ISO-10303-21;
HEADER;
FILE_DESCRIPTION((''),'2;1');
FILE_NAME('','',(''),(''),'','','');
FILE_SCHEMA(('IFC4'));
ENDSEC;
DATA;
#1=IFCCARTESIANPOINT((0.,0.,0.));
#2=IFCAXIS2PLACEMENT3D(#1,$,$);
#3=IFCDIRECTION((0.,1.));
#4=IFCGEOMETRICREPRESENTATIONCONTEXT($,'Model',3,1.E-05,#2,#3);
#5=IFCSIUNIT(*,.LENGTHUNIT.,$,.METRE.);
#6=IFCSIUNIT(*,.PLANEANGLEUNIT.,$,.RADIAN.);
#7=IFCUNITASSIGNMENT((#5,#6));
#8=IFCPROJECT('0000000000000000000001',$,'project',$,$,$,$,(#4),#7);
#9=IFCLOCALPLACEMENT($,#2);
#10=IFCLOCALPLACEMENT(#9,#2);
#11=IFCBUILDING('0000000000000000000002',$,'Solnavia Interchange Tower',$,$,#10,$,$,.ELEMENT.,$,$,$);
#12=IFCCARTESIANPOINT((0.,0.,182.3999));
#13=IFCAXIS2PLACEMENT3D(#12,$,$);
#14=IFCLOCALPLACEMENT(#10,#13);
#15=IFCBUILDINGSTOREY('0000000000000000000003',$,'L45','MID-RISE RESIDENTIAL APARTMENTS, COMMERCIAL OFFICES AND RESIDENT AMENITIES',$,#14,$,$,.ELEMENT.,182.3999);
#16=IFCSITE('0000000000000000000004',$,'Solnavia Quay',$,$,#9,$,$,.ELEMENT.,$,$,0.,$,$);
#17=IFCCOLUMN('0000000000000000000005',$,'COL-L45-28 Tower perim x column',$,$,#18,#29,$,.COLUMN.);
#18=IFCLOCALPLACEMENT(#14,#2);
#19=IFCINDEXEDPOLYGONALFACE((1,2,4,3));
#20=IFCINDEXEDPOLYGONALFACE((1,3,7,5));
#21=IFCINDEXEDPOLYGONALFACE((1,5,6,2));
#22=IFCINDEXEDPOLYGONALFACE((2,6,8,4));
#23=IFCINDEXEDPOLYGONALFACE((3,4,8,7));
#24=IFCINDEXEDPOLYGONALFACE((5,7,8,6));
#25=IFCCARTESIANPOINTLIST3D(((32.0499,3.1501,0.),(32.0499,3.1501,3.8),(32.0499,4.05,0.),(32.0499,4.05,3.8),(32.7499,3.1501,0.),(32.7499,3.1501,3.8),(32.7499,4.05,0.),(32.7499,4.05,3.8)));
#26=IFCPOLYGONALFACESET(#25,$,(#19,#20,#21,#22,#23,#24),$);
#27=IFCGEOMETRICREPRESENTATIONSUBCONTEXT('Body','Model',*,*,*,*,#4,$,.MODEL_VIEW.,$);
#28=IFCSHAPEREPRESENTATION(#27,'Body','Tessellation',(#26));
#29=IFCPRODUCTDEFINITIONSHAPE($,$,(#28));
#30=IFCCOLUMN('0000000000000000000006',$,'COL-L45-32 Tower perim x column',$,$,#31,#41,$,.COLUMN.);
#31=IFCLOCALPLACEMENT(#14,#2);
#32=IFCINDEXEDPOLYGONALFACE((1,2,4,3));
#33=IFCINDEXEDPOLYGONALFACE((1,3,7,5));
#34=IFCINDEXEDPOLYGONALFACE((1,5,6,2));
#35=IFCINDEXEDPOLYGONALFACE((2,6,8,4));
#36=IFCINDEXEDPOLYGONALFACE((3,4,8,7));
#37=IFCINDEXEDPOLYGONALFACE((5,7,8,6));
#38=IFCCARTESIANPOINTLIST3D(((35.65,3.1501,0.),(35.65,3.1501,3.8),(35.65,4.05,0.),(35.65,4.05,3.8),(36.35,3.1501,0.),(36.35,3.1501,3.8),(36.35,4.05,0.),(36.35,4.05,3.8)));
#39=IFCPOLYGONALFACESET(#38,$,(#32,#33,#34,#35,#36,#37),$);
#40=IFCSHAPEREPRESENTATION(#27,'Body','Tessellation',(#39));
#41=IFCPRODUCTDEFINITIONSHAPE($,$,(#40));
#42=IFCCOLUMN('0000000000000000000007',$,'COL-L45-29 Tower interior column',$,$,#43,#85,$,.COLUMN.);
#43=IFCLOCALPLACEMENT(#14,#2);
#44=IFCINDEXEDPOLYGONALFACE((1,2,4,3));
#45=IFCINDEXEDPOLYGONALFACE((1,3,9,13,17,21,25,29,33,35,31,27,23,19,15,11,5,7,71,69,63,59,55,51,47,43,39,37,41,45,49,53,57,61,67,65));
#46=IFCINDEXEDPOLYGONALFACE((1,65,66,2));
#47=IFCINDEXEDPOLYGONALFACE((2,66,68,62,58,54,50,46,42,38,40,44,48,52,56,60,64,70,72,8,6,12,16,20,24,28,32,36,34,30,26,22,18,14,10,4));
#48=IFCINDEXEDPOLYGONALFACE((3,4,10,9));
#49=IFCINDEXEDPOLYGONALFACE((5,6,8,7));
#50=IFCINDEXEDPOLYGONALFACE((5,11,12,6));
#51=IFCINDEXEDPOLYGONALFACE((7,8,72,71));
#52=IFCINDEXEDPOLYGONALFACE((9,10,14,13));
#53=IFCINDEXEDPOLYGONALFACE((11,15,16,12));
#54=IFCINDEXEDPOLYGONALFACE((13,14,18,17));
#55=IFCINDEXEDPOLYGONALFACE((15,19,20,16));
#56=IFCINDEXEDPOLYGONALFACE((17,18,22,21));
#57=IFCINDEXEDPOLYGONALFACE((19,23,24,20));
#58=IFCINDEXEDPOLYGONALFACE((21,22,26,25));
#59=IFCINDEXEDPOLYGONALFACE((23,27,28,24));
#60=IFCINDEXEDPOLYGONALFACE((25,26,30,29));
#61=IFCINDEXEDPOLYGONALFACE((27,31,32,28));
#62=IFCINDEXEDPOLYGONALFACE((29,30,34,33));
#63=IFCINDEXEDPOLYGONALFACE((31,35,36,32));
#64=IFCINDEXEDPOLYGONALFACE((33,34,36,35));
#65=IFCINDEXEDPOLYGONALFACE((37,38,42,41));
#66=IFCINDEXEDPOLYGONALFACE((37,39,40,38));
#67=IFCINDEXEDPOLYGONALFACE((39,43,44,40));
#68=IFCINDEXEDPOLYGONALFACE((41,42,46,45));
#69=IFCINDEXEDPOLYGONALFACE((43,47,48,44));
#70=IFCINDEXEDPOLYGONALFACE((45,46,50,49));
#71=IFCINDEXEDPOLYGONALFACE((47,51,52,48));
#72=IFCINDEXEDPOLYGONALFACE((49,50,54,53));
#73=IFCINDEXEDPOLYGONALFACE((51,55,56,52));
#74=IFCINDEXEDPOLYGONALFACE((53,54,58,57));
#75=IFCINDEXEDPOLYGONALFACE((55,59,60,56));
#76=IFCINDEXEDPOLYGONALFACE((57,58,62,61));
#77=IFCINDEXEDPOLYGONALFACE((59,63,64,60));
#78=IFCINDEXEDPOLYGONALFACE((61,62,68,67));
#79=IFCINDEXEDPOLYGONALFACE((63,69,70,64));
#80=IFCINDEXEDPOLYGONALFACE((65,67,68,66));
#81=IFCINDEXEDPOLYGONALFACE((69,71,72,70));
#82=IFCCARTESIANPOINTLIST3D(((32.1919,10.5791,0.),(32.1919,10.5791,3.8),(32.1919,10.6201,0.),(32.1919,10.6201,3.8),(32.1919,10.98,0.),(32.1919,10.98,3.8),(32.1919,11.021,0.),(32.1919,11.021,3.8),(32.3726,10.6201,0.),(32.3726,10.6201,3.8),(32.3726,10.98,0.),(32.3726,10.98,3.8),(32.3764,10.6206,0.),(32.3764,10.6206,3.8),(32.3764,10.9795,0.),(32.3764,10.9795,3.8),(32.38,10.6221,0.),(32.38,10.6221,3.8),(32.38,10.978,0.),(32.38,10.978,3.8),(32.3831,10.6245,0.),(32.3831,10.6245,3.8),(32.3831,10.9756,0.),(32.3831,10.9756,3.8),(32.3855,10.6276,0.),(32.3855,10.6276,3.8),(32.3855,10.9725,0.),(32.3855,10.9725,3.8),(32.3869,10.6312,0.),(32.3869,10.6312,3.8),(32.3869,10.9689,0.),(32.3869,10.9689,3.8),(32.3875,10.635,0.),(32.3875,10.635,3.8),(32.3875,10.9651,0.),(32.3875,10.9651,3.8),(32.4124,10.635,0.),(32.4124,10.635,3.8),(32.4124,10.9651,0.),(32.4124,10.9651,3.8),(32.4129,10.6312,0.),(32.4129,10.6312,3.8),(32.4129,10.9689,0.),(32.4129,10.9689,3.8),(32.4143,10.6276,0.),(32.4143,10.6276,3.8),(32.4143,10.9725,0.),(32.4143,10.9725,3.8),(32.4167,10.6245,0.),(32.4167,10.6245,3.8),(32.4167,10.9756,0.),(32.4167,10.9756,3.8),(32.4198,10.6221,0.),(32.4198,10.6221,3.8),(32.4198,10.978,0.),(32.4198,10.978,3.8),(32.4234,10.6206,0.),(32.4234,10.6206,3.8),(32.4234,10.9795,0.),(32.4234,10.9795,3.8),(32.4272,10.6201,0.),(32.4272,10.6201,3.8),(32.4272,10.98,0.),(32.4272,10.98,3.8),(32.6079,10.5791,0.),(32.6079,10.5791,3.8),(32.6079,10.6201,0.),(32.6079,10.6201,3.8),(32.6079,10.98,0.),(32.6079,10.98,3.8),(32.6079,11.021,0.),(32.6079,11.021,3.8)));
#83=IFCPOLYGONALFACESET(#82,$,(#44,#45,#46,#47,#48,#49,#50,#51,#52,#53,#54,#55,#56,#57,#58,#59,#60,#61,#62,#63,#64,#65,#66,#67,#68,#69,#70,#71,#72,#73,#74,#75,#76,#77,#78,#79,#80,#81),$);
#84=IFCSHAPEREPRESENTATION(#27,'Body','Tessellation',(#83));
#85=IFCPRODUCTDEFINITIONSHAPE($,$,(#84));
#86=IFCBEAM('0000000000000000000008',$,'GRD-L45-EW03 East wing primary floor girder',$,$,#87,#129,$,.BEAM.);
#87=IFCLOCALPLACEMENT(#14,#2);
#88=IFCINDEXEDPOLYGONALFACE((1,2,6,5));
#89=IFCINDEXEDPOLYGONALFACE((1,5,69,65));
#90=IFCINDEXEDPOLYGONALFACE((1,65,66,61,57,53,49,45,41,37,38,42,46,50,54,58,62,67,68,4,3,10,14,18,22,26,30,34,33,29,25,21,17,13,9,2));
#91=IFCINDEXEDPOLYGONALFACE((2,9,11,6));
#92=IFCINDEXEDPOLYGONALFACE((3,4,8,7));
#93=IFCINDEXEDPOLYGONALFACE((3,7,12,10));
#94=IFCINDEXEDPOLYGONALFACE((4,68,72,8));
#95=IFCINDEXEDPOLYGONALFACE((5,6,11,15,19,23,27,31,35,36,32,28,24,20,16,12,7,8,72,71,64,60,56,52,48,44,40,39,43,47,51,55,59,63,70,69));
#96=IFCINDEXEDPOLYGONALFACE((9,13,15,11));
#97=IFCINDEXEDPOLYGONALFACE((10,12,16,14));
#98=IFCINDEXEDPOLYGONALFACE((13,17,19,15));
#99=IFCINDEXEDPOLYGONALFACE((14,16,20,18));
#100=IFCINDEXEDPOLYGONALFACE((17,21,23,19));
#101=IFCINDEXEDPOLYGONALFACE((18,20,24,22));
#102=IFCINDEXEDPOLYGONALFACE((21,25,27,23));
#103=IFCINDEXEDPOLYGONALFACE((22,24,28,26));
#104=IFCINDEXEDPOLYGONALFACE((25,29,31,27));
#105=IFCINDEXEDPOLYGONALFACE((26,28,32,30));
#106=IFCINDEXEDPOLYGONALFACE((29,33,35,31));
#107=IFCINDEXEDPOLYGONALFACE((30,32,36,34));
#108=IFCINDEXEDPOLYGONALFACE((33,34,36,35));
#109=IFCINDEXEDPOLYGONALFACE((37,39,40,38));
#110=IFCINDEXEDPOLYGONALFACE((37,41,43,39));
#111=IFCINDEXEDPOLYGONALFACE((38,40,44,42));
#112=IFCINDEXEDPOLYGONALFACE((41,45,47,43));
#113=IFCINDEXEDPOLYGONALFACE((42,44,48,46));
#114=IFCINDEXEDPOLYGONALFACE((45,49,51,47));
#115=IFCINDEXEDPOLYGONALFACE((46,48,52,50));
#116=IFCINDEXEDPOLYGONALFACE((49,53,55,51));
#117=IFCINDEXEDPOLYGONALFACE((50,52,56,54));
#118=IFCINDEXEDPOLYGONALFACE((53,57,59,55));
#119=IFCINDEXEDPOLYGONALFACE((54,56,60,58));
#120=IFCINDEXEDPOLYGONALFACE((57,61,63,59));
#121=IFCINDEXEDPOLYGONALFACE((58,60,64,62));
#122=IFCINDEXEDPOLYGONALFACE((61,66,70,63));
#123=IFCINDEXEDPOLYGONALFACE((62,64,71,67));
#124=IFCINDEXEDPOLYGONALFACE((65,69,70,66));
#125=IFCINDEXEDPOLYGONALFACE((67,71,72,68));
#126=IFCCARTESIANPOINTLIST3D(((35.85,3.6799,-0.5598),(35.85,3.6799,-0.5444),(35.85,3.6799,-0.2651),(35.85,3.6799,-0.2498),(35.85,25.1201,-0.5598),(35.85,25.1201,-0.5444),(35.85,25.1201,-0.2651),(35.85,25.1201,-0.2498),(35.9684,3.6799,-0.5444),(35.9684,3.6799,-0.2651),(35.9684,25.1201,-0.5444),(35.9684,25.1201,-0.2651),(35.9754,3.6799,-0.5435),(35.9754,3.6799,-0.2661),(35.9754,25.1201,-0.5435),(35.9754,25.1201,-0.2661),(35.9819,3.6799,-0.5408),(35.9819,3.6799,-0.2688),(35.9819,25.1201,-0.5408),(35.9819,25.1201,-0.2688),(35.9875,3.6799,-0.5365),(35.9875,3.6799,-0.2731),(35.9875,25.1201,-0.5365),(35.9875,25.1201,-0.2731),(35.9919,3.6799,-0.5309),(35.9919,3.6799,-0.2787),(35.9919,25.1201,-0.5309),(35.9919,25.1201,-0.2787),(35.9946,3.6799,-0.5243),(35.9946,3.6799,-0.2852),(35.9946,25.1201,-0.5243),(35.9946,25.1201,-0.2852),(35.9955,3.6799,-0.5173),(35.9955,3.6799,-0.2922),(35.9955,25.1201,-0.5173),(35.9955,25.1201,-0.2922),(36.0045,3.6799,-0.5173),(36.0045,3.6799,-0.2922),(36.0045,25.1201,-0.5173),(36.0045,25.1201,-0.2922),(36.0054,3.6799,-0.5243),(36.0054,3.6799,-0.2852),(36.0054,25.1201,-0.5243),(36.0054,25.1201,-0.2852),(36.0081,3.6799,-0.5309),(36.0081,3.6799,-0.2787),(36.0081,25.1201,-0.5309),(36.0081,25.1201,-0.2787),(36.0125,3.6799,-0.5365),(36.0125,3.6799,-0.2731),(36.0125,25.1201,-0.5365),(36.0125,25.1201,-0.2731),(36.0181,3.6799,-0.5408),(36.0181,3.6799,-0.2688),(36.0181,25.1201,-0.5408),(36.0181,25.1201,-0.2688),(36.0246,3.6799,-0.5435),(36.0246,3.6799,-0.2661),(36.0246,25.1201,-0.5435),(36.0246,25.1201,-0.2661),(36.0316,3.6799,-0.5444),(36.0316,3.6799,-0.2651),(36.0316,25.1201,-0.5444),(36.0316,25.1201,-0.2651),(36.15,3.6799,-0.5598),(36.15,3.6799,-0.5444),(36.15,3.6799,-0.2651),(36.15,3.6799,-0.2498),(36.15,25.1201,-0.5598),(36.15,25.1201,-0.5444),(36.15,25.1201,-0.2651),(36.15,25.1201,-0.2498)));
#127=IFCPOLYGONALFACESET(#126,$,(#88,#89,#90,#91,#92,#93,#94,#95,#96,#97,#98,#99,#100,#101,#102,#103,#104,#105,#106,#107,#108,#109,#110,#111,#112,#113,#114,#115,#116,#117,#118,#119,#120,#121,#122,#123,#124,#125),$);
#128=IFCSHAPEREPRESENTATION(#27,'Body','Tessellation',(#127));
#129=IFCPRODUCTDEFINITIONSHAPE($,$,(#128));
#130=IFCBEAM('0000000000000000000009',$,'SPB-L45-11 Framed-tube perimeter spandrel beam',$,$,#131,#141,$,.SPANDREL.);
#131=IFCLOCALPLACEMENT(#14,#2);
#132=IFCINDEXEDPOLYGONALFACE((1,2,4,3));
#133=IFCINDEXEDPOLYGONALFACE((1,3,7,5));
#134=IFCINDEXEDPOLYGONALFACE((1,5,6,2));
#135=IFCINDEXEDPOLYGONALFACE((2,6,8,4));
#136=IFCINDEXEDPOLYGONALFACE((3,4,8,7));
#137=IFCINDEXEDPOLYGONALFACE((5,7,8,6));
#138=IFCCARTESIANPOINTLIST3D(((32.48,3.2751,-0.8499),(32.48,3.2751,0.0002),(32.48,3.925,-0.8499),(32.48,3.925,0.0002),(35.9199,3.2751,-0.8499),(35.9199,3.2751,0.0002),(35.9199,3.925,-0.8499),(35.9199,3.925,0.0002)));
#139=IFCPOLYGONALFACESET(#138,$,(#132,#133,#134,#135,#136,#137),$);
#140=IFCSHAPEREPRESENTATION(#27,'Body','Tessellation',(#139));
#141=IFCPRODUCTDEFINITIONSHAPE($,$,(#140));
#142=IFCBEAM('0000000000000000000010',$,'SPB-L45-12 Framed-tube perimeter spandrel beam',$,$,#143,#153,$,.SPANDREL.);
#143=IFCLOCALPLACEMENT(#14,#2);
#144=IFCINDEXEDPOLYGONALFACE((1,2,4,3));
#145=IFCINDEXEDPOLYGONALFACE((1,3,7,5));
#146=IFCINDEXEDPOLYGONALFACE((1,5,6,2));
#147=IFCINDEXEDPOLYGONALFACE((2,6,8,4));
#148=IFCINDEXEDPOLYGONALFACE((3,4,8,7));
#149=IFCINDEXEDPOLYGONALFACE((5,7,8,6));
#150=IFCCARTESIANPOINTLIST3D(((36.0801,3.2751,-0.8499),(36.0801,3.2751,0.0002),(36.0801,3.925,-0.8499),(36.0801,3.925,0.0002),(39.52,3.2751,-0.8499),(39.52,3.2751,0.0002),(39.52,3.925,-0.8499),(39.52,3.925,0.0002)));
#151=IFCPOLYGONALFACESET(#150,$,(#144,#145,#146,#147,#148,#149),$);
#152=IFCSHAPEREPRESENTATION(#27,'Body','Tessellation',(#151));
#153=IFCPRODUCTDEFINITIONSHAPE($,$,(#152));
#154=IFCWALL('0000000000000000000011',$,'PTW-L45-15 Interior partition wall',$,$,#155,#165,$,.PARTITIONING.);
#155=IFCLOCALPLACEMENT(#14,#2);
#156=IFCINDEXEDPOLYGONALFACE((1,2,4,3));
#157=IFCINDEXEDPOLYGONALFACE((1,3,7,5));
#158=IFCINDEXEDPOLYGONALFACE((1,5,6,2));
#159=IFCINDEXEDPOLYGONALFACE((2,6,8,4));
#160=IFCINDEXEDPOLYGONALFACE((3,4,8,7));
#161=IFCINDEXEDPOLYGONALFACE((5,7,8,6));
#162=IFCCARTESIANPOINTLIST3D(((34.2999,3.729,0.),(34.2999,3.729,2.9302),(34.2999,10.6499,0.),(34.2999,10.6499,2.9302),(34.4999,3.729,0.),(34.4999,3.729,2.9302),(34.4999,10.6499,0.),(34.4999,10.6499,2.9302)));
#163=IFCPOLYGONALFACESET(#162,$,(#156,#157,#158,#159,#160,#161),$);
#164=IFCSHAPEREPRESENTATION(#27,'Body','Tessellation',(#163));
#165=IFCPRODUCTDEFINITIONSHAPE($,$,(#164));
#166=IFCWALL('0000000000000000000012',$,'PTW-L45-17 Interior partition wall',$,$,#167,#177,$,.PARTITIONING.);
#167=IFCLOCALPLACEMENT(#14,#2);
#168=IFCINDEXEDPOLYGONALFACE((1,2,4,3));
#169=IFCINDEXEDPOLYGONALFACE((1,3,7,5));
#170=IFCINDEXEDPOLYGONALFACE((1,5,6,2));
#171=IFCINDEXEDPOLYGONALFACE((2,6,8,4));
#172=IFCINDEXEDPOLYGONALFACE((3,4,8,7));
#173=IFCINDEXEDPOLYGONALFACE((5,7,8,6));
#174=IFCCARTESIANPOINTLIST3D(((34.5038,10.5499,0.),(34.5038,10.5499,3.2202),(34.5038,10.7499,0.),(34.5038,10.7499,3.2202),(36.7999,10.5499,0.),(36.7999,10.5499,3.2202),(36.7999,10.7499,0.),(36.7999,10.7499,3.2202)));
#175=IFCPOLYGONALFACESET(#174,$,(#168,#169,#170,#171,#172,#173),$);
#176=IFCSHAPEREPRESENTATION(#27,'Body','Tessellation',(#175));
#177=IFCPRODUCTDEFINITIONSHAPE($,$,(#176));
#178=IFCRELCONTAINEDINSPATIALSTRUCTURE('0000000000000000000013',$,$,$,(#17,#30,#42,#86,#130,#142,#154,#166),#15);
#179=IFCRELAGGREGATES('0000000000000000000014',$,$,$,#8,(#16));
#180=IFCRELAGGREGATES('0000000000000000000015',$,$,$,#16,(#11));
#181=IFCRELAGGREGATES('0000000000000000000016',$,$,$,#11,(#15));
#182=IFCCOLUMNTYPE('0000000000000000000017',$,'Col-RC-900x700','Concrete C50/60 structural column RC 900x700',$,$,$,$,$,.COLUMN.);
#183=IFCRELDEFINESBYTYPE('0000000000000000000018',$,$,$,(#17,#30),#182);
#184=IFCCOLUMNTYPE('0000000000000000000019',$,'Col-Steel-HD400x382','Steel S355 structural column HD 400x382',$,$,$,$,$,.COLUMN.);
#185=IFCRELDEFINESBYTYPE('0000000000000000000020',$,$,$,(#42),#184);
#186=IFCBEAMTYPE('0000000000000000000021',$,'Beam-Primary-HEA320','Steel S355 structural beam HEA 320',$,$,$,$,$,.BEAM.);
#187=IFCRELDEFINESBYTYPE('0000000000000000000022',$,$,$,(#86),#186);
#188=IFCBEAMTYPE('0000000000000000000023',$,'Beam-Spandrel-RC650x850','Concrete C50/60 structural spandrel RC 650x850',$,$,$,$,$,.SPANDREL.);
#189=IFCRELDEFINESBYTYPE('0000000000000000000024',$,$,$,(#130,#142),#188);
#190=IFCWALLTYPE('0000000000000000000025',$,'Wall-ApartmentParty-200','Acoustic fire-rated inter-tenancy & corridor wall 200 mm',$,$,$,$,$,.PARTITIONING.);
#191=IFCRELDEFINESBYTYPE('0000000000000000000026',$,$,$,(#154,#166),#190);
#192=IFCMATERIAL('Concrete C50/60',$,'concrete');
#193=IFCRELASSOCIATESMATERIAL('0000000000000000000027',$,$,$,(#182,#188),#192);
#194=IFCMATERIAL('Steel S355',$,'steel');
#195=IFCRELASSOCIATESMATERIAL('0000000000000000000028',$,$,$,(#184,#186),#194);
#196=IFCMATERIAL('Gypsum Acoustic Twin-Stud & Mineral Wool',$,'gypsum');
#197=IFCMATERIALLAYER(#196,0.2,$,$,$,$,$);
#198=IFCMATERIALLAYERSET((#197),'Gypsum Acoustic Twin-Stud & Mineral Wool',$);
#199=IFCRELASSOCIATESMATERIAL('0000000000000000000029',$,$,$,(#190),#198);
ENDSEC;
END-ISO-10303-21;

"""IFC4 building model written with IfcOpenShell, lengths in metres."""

from ifc_helpers import new_model, si_unit, direction, frame, frame_2d, origin, origin_2d, place, context, subcontext, project, spatial, rectangle, i_section, extrude, material, layer, layer_set, material_profile, profile_set, type_object, element, save


model = new_model("IFC4")

# Units and contexts
model_context = context("Model", 3, precision=1e-05, world=origin(), true_north=direction((0.0, 1.0)))
body_context = subcontext(model_context, "Body", "Model", "MODEL_VIEW")
ifc_project = project(units=[si_unit("LENGTHUNIT", "METRE"), si_unit("PLANEANGLEUNIT", "RADIAN")], contexts=[model_context])

# Site, building, storey
site_placement = place(None, origin())
site = spatial("IfcSite", under=ifc_project, at=site_placement, Name="Solnavia Quay", CompositionType="ELEMENT", RefElevation=0.0)
building_placement = place(site_placement, origin())
building = spatial("IfcBuilding", under=site, at=building_placement, Name="Solnavia Interchange Tower", CompositionType="ELEMENT")
storey_placement = place(building_placement, frame((0.0, 0.0, 182.3999)))
storey = spatial("IfcBuildingStorey", under=building, at=storey_placement, Name="L45", Description="MID-RISE RESIDENTIAL APARTMENTS, COMMERCIAL OFFICES AND RESIDENT AMENITIES", CompositionType="ELEMENT", Elevation=182.3999)

# Columns
ifc_material_1 = material(Name="Concrete C50/60", Category="concrete")
ifc_material_profile_1 = material_profile(ifc_material_1, rectangle(XDim=0.7, YDim=0.8999, at=origin_2d()), Name="RC 900x700")
ifc_profile_set_1 = profile_set([ifc_material_profile_1], Name="Concrete C50/60")
column_type_1 = type_object("IfcColumnType", Name="Col-RC-900x700", Description="Concrete C50/60 structural column RC 900x700", PredefinedType="COLUMN", material=ifc_profile_set_1)
for number, where, z_axis, x_axis, name in (
    (1, (32.3999, 3.6001, 0.0), (0.0, 0.0, 1.0), (1.0, 0.0, 0.0), "COL-L45-28 Tower perim x column"),
    (2, (36.0, 3.6001, 0.0), (0.0, 0.0, 1.0), (1.0, 0.0, 0.0), "COL-L45-32 Tower perim x column"),
):
    element("IfcColumn", number, at=place(storey_placement, frame(where, z_axis=z_axis, x_axis=x_axis)), inside=storey, type_object=column_type_1, Name=name, PredefinedType="COLUMN", context=body_context, shape_type="SweptSolid", body=[
        extrude(rectangle(XDim=0.7, YDim=0.8999, at=origin_2d()), origin(), (0.0, 0.0, 1.0), 3.8),
    ])
ifc_material_2 = material(Name="Steel S355", Category="steel")
ifc_material_profile_2 = material_profile(ifc_material_2, i_section(OverallWidth=0.416, OverallDepth=0.4419, WebThickness=0.0249, FlangeThickness=0.041, FilletRadius=0.0149, at=origin_2d()), Name="HD 400x382")
ifc_profile_set_2 = profile_set([ifc_material_profile_2], Name="Steel S355")
column_type_2 = type_object("IfcColumnType", Name="Col-Steel-HD400x382", Description="Steel S355 structural column HD 400x382", PredefinedType="COLUMN", material=ifc_profile_set_2)
column_placement = place(storey_placement, frame((32.3999, 10.8, 0.0), z_axis=(0.0, 0.0, 1.0), x_axis=(1.0, 0.0, 0.0)))
element("IfcColumn", 3, at=column_placement, inside=storey, type_object=column_type_2, Name="COL-L45-29 Tower interior column", PredefinedType="COLUMN", context=body_context, shape_type="SweptSolid", body=[
    extrude(i_section(OverallWidth=0.416, OverallDepth=0.4419, WebThickness=0.0249, FlangeThickness=0.041, FilletRadius=0.0149, at=origin_2d()), origin(), (0.0, 0.0, 1.0), 3.8),
])

# Beams
ifc_material_profile_3 = material_profile(ifc_material_2, i_section(OverallWidth=0.3, OverallDepth=0.3101, WebThickness=0.009, FlangeThickness=0.0154, FilletRadius=0.0271, at=origin_2d()), Name="HEA 320")
ifc_profile_set_3 = profile_set([ifc_material_profile_3], Name="Steel S355")
beam_type_1 = type_object("IfcBeamType", Name="Beam-Primary-HEA320", Description="Steel S355 structural beam HEA 320", PredefinedType="BEAM", material=ifc_profile_set_3)
beam_placement = place(storey_placement, frame((36.0, 3.6799, -0.4048), z_axis=(0.0, 1.0, 0.0), x_axis=(-1.0, 0.0, 0.0)))
element("IfcBeam", 4, at=beam_placement, inside=storey, type_object=beam_type_1, Name="GRD-L45-EW03 East wing primary floor girder", PredefinedType="BEAM", context=body_context, shape_type="SweptSolid", body=[
    extrude(i_section(OverallWidth=0.3, OverallDepth=0.3101, WebThickness=0.009, FlangeThickness=0.0154, FilletRadius=0.0271, at=origin_2d()), origin(), (0.0, 0.0, 1.0), 21.4402),
])
ifc_material_profile_4 = material_profile(ifc_material_1, rectangle(XDim=0.6499, YDim=0.8501, at=origin_2d()), Name="RC 650x850")
ifc_profile_set_4 = profile_set([ifc_material_profile_4], Name="Concrete C50/60")
beam_type_2 = type_object("IfcBeamType", Name="Beam-Spandrel-RC650x850", Description="Concrete C50/60 structural spandrel RC 650x850", PredefinedType="SPANDREL", material=ifc_profile_set_4)
for number, where, z_axis, x_axis, name in (
    (5, (32.48, 3.6001, -0.4248), (1.0, 0.0, 0.0), (0.0, 1.0, 0.0), "SPB-L45-11 Framed-tube perimeter spandrel beam"),
    (6, (36.0801, 3.6001, -0.4248), (1.0, 0.0, 0.0), (0.0, 1.0, 0.0), "SPB-L45-12 Framed-tube perimeter spandrel beam"),
):
    element("IfcBeam", number, at=place(storey_placement, frame(where, z_axis=z_axis, x_axis=x_axis)), inside=storey, type_object=beam_type_2, Name=name, PredefinedType="SPANDREL", context=body_context, shape_type="SweptSolid", body=[
        extrude(rectangle(XDim=0.6499, YDim=0.8501, at=origin_2d()), origin(), (0.0, 0.0, 1.0), 3.4399),
    ])

# Walls
ifc_material_3 = material(Name="Gypsum Acoustic Twin-Stud & Mineral Wool", Category="gypsum")
ifc_layer_1 = layer(ifc_material_3, 0.2)
ifc_layer_set_1 = layer_set([ifc_layer_1], Name="Gypsum Acoustic Twin-Stud & Mineral Wool")
wall_type_1 = type_object("IfcWallType", Name="Wall-ApartmentParty-200", Description="Acoustic fire-rated inter-tenancy & corridor wall 200 mm", PredefinedType="PARTITIONING", material=ifc_layer_set_1)
wall_1_placement = place(storey_placement, frame((34.3999, 3.729, 0.0), z_axis=(0.0, 0.0, 1.0), x_axis=(0.0, 1.0, 0.0)))
element("IfcWall", 7, at=wall_1_placement, inside=storey, type_object=wall_type_1, Name="PTW-L45-15 Interior partition wall", PredefinedType="PARTITIONING", context=body_context, shape_type="SweptSolid", body=[
    extrude(rectangle(XDim=6.9209, YDim=0.2, at=frame_2d((3.4604, 0.0))), origin(), (0.0, 0.0, 1.0), 2.9302),
])
wall_2_placement = place(storey_placement, frame((34.5039, 10.6499, 0.0), z_axis=(0.0, 0.0, 1.0), x_axis=(1.0, 0.0, 0.0)))
element("IfcWall", 8, at=wall_2_placement, inside=storey, type_object=wall_type_1, Name="PTW-L45-17 Interior partition wall", PredefinedType="PARTITIONING", context=body_context, shape_type="SweptSolid", body=[
    extrude(rectangle(XDim=2.2961, YDim=0.2, at=frame_2d((1.1479, 0.0))), origin(), (0.0, 0.0, 1.0), 3.2202),
])

save(model, "model.ifc")
